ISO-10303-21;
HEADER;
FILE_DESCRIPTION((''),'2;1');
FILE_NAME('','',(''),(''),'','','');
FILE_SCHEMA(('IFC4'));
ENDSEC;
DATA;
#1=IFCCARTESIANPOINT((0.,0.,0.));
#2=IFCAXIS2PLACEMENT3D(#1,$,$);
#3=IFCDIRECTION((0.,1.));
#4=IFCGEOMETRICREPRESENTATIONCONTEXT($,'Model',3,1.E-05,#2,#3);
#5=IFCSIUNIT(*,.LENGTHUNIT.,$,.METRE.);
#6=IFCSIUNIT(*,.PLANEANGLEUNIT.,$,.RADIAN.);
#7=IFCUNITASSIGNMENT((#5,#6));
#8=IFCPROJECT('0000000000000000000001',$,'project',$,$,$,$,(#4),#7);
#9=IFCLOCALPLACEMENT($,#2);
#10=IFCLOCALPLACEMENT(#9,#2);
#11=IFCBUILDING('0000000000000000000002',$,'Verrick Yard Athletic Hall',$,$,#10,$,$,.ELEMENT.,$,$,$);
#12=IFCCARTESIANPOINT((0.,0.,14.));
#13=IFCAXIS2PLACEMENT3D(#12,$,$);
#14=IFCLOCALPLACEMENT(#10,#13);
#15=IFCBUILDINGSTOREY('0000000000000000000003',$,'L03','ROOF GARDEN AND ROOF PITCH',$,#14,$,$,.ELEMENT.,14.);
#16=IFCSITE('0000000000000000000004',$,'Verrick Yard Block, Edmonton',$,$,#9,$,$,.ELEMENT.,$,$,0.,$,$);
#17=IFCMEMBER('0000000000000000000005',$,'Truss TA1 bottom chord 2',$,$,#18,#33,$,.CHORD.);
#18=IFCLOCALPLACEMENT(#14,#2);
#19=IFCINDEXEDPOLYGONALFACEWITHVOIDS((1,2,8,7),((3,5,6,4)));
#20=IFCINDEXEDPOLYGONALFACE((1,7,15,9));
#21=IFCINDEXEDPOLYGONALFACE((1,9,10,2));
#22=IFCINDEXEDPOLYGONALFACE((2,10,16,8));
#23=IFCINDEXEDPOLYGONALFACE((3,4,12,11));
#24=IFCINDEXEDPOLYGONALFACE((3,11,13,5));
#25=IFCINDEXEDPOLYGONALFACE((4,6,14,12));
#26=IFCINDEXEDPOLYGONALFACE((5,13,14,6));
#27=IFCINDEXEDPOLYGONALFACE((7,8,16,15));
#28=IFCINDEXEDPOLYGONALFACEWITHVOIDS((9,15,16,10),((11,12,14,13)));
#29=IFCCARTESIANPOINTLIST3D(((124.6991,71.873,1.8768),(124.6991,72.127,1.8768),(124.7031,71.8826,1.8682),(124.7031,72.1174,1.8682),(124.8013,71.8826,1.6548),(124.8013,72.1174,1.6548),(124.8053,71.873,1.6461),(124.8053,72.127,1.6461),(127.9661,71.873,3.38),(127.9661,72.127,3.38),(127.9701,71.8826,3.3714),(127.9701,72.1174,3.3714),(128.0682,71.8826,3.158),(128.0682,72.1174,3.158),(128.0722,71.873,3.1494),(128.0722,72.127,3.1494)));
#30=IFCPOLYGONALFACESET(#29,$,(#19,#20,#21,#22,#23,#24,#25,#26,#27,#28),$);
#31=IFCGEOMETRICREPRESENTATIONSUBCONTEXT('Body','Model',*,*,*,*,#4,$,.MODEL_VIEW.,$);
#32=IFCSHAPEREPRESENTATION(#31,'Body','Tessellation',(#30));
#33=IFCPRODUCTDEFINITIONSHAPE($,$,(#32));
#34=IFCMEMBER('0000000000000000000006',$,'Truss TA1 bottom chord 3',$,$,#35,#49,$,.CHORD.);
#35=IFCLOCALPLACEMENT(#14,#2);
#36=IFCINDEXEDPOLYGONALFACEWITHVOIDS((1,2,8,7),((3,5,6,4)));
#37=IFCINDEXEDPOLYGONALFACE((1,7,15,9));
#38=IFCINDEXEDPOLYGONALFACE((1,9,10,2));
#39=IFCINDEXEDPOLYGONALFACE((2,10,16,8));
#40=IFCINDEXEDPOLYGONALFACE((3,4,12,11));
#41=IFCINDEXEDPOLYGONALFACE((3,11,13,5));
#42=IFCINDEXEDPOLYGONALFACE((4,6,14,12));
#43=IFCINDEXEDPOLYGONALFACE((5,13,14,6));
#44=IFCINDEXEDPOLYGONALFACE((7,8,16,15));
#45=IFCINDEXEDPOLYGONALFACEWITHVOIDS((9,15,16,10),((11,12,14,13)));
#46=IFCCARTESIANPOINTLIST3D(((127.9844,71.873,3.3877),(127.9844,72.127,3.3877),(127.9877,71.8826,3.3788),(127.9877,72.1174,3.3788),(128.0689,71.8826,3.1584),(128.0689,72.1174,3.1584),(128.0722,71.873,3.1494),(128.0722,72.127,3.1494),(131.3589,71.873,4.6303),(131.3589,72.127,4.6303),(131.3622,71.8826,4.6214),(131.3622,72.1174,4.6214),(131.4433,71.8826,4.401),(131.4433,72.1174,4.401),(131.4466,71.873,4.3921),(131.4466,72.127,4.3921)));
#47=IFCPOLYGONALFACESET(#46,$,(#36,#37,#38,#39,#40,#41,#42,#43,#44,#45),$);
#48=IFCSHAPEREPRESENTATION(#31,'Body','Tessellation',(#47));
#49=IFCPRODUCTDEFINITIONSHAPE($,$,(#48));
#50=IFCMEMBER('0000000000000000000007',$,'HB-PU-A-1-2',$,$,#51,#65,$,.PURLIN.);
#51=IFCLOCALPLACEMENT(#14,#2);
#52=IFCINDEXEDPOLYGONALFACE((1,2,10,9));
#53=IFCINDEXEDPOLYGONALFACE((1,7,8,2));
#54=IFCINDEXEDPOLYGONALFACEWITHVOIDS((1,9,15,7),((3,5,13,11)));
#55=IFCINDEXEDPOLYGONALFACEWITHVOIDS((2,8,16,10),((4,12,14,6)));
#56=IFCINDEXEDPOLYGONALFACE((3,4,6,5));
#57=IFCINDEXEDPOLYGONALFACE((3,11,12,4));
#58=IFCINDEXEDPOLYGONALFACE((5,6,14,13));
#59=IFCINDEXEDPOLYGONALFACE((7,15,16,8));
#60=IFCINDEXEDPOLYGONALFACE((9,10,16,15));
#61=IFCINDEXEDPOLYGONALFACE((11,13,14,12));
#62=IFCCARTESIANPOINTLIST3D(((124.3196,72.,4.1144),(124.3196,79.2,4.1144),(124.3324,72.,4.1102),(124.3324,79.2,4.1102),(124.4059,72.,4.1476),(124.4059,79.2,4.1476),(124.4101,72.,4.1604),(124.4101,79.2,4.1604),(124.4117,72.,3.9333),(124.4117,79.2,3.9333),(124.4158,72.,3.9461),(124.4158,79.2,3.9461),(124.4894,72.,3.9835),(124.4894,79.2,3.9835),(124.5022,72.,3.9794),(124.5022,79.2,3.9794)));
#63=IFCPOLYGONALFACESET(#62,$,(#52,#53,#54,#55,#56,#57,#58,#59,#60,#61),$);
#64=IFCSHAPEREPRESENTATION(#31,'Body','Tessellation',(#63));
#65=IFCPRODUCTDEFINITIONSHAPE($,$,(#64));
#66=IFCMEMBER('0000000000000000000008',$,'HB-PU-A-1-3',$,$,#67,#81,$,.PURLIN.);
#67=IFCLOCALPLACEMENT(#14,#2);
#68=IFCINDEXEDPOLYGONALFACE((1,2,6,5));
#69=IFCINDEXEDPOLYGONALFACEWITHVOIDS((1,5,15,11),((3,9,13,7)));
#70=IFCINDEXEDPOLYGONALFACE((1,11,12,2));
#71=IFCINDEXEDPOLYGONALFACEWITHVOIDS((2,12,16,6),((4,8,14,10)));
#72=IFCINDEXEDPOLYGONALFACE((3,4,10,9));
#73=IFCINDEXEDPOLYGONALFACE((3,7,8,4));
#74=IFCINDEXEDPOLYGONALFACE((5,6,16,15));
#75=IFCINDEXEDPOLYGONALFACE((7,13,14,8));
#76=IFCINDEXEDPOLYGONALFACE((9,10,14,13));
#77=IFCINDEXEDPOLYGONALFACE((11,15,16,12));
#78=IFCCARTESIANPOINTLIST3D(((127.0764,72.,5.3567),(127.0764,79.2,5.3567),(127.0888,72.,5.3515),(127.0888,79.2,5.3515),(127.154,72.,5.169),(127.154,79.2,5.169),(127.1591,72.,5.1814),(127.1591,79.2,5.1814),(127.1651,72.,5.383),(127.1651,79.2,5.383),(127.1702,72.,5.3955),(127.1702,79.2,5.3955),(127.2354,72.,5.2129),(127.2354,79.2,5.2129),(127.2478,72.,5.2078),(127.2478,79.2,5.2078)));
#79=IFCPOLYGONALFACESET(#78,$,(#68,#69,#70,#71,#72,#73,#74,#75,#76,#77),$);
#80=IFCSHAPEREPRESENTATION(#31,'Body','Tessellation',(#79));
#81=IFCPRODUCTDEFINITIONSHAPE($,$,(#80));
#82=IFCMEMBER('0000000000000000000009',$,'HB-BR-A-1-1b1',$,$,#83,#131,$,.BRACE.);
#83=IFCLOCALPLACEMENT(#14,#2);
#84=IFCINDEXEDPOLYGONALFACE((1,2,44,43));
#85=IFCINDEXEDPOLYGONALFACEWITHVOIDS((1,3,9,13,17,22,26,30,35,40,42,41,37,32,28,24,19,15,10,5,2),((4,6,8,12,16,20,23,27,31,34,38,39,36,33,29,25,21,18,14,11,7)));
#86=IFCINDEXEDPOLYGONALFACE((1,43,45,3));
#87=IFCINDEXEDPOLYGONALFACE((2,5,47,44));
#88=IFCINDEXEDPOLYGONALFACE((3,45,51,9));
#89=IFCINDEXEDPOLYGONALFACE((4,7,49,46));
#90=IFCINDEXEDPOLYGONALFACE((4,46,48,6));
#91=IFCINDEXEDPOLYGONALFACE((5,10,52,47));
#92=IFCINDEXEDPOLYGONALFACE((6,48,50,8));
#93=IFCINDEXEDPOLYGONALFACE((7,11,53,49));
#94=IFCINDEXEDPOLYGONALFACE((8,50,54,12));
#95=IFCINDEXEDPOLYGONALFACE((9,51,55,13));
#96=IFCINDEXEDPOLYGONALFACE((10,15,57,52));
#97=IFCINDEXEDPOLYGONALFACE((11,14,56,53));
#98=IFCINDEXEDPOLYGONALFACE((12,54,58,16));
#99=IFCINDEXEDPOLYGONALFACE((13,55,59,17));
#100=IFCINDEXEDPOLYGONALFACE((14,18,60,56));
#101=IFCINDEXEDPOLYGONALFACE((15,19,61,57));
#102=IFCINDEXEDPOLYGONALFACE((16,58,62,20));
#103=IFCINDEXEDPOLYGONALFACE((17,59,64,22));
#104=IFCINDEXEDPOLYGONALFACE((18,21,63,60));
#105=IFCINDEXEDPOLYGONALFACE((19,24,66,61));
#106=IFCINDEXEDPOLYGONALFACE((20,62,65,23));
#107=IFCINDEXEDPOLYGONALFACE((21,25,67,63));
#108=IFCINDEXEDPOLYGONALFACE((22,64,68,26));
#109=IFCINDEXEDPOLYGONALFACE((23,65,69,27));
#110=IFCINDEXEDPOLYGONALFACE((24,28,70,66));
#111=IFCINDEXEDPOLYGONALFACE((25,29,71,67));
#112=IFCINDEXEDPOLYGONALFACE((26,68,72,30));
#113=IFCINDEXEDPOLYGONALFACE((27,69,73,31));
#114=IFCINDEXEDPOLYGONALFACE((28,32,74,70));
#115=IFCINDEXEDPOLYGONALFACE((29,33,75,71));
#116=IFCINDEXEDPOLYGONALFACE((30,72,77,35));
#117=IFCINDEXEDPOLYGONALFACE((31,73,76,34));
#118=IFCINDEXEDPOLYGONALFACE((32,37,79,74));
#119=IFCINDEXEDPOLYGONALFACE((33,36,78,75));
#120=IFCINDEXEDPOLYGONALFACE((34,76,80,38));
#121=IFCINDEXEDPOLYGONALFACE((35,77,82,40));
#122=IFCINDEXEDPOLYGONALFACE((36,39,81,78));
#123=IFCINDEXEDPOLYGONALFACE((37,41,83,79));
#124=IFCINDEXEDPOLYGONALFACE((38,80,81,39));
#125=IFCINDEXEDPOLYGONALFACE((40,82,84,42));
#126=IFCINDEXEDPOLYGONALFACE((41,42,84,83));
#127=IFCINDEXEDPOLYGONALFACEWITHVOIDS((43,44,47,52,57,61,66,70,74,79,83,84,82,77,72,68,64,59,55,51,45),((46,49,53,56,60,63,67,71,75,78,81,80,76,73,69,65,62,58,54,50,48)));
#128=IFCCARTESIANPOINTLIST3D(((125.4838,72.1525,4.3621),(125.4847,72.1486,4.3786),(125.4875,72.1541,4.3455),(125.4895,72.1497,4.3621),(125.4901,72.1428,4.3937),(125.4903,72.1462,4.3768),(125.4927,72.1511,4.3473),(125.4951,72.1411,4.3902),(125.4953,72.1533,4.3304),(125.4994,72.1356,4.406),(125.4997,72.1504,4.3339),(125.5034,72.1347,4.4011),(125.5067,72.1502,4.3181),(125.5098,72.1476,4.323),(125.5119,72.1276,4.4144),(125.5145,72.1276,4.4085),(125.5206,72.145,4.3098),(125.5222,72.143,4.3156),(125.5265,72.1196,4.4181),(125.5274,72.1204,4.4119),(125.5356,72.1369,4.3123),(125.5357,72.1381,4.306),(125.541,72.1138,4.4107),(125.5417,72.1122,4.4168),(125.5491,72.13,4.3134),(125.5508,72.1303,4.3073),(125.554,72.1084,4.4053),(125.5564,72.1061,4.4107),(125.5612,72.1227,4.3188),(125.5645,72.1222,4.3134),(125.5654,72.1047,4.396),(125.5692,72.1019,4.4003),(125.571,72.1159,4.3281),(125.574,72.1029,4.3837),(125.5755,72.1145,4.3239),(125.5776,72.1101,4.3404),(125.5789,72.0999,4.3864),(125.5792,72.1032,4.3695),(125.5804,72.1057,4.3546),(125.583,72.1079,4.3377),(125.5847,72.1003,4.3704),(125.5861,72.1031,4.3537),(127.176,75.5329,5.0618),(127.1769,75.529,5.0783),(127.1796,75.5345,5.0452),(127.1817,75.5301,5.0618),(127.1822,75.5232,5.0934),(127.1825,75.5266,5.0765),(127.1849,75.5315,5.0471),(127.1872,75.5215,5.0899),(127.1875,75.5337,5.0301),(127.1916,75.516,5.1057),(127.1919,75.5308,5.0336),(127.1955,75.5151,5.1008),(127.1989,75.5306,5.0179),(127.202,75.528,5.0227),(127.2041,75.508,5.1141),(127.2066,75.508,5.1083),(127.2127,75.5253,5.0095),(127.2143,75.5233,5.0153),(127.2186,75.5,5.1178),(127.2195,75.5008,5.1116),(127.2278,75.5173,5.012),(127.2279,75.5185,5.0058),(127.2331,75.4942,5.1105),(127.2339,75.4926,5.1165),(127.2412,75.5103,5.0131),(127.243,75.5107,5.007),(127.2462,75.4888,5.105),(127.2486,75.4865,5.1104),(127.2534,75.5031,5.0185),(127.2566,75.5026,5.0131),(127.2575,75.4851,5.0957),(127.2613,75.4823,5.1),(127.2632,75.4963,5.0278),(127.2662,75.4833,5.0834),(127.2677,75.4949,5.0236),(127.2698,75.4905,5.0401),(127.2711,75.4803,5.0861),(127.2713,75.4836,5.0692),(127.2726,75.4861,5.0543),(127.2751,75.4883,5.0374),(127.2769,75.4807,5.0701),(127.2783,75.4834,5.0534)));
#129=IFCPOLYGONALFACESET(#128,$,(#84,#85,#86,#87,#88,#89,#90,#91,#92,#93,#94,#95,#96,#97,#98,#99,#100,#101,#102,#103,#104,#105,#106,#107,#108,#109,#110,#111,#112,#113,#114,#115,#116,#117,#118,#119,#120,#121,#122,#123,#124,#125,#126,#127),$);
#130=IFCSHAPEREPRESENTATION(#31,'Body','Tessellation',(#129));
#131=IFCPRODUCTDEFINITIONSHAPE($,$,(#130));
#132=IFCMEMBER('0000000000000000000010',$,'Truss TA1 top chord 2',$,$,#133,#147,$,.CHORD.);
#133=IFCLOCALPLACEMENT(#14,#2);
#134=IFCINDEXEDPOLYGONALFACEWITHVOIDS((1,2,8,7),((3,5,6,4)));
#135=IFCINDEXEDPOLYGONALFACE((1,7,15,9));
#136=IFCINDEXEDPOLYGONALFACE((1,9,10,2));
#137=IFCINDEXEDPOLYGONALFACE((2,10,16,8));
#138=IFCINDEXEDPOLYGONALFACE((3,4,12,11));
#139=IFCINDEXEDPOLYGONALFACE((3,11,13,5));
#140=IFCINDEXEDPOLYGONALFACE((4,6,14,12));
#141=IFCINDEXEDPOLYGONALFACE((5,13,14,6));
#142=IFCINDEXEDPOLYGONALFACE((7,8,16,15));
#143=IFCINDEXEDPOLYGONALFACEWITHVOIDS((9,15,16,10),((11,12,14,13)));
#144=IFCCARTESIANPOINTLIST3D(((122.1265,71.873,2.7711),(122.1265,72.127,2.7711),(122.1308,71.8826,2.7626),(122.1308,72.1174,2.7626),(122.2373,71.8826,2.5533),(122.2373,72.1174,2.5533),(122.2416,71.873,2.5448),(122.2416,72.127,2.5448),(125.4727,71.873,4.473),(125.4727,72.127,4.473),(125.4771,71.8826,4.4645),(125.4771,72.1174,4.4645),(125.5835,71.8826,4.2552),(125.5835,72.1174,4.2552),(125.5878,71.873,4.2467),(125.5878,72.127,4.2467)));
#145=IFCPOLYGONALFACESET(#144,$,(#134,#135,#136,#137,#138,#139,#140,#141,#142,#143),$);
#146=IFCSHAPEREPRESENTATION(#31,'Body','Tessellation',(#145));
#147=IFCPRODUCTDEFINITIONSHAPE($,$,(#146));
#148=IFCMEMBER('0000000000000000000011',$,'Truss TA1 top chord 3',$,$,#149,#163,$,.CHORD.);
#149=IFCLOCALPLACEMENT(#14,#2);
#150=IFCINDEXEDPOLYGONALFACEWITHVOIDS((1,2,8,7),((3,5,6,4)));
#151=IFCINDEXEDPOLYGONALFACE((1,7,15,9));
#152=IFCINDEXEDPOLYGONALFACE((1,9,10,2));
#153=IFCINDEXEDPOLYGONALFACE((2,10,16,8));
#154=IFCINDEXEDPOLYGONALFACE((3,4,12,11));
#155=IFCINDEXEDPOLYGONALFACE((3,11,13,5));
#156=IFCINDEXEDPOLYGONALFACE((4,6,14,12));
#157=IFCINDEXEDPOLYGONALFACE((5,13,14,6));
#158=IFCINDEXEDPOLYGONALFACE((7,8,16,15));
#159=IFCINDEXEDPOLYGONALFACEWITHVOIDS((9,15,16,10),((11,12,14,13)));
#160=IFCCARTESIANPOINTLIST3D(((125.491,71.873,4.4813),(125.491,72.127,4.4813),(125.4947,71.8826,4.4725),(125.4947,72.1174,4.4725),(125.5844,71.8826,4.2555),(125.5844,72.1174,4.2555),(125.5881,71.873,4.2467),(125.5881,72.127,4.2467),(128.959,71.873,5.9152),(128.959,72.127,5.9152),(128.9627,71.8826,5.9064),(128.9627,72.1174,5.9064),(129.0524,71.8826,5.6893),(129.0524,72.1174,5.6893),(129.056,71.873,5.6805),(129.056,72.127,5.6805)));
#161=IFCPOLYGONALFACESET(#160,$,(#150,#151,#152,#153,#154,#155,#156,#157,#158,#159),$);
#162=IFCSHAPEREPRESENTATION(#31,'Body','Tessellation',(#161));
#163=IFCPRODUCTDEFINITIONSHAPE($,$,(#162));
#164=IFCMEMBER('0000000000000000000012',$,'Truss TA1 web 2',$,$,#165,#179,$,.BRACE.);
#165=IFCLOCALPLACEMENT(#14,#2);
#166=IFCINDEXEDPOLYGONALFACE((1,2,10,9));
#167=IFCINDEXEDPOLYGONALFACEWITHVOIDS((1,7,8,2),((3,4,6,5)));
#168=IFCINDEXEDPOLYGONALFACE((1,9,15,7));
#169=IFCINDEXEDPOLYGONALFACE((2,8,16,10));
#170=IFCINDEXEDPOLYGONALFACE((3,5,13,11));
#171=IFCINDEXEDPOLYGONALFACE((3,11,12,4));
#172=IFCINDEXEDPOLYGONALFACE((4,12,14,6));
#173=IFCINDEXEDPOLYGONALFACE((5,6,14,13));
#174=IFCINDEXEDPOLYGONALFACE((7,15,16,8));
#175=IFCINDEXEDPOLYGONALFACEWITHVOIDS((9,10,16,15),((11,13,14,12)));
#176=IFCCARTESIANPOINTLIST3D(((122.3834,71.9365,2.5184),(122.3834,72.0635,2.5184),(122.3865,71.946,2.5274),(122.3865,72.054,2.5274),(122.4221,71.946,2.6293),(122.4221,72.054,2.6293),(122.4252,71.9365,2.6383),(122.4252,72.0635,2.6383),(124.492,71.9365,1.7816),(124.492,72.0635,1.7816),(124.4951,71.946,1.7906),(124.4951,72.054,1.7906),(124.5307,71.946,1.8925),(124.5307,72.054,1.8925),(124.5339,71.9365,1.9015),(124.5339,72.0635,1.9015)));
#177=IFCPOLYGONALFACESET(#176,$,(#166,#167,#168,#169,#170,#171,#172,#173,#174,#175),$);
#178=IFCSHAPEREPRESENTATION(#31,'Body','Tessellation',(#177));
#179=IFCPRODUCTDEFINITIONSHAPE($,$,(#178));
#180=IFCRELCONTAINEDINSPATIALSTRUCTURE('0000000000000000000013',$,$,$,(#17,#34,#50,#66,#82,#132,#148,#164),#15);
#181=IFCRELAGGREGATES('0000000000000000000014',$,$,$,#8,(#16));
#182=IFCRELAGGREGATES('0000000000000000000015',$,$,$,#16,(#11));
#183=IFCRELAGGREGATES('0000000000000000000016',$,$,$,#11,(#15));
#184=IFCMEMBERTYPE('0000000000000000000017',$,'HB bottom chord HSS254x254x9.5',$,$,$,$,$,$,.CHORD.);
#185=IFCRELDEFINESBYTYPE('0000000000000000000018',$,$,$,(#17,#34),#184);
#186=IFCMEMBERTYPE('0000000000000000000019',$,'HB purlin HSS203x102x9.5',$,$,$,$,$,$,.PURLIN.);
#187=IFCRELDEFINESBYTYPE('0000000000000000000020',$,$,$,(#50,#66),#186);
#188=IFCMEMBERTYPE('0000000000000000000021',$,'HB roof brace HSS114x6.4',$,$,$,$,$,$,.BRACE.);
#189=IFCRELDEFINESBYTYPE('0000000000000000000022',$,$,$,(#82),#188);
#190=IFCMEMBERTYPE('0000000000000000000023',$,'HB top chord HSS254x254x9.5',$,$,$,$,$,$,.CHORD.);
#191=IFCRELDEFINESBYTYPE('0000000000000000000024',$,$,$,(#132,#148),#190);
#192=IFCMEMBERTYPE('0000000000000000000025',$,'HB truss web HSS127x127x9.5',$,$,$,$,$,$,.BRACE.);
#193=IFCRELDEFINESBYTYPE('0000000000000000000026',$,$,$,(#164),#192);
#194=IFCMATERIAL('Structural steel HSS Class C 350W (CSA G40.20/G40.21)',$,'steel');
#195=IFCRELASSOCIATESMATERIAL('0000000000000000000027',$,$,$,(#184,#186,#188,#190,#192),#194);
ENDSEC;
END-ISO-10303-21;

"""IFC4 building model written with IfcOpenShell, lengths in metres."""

from ifc_helpers import new_model, si_unit, direction, frame, origin, origin_2d, place, context, subcontext, project, spatial, hollow_rectangle, hollow_circle, extrude, material, material_profile, profile_set, type_object, element, save


model = new_model("IFC4")

# Units and contexts
model_context = context("Model", 3, precision=1e-05, world=origin(), true_north=direction((0.0, 1.0)))
body_context = subcontext(model_context, "Body", "Model", "MODEL_VIEW")
ifc_project = project(units=[si_unit("LENGTHUNIT", "METRE"), si_unit("PLANEANGLEUNIT", "RADIAN")], contexts=[model_context])

# Site, building, storey
site_placement = place(None, origin())
site = spatial("IfcSite", under=ifc_project, at=site_placement, Name="Verrick Yard Block, Edmonton", CompositionType="ELEMENT", RefElevation=0.0)
building_placement = place(site_placement, origin())
building = spatial("IfcBuilding", under=site, at=building_placement, Name="Verrick Yard Athletic Hall", CompositionType="ELEMENT")
storey_placement = place(building_placement, frame((0.0, 0.0, 14.0)))
storey = spatial("IfcBuildingStorey", under=building, at=storey_placement, Name="L03", Description="ROOF GARDEN AND ROOF PITCH", CompositionType="ELEMENT", Elevation=14.0)

# Members
ifc_material_1 = material(Name="Structural steel HSS Class C 350W (CSA G40.20/G40.21)", Category="steel")
ifc_material_profile_1 = material_profile(ifc_material_1, hollow_rectangle(XDim=0.2539, YDim=0.2539, WallThickness=0.0095, at=origin_2d()), Name="HSS254x254x9.5")
ifc_profile_set_1 = profile_set([ifc_material_profile_1], Name="Structural steel HSS Class C 350W (CSA G40.20/G40.21)")
member_type_1 = type_object("IfcMemberType", Name="HB bottom chord HSS254x254x9.5", PredefinedType="CHORD", material=ifc_profile_set_1)
member_1_placement = place(storey_placement, frame((124.7522, 72.0, 1.7615), z_axis=(0.908446, 0.0, 0.418003), x_axis=(0.0, 1.0, 0.0)))
element("IfcMember", 1, at=member_1_placement, inside=storey, type_object=member_type_1, Name="Truss TA1 bottom chord 2", PredefinedType="CHORD", context=body_context, shape_type="SweptSolid", body=[
    extrude(hollow_rectangle(XDim=0.2539, YDim=0.2539, WallThickness=0.0095, at=origin_2d()), origin(), (0.0, 0.0, 1.0), 3.5962),
])
member_2_placement = place(storey_placement, frame((128.0283, 72.0, 3.2686), z_axis=(0.938394, 0.0, 0.345567), x_axis=(0.0, 1.0, 0.0)))
element("IfcMember", 2, at=member_2_placement, inside=storey, type_object=member_type_1, Name="Truss TA1 bottom chord 3", PredefinedType="CHORD", context=body_context, shape_type="SweptSolid", body=[
    extrude(hollow_rectangle(XDim=0.2539, YDim=0.2539, WallThickness=0.0095, at=origin_2d()), origin(), (0.0, 0.0, 1.0), 3.5959),
])
ifc_material_profile_2 = material_profile(ifc_material_1, hollow_rectangle(XDim=0.1016, YDim=0.2031, WallThickness=0.0095, at=origin_2d()), Name="HSS203x102x9.5")
ifc_profile_set_2 = profile_set([ifc_material_profile_2], Name="Structural steel HSS Class C 350W (CSA G40.20/G40.21)")
member_type_2 = type_object("IfcMemberType", Name="HB purlin HSS203x102x9.5", PredefinedType="PURLIN", material=ifc_profile_set_2)
for number, where, z_axis, x_axis, name in (
    (3, (124.4109, 72.0, 4.0469), (0.0, 1.0, 0.0), (-0.891353, 0.0, -0.45331), "HB-PU-A-1-2"),
    (4, (127.1621, 72.0, 5.2822), (0.0, 1.0, 0.0), (-0.924123, 0.0, -0.382096), "HB-PU-A-1-3"),
):
    element("IfcMember", number, at=place(storey_placement, frame(where, z_axis=z_axis, x_axis=x_axis)), inside=storey, type_object=member_type_2, Name=name, PredefinedType="PURLIN", context=body_context, shape_type="SweptSolid", body=[
        extrude(hollow_rectangle(XDim=0.1016, YDim=0.2031, WallThickness=0.0095, at=origin_2d()), origin(), (0.0, 0.0, 1.0), 7.2),
    ])
ifc_material_profile_3 = material_profile(ifc_material_1, hollow_circle(Radius=0.0571, WallThickness=0.0063, at=origin_2d()), Name="HSS114x6.4")
ifc_profile_set_3 = profile_set([ifc_material_profile_3], Name="Structural steel HSS Class C 350W (CSA G40.20/G40.21)")
member_type_3 = type_object("IfcMemberType", Name="HB roof brace HSS114x6.4", PredefinedType="BRACE", material=ifc_profile_set_3)
member_3_placement = place(storey_placement, frame((125.5349, 72.127, 4.3621), z_axis=(0.440151, 0.879285, 0.182004), x_axis=(-0.89422, 0.447627, 0.0)))
element("IfcMember", 5, at=member_3_placement, inside=storey, type_object=member_type_3, Name="HB-BR-A-1-1b1", PredefinedType="BRACE", context=body_context, shape_type="SweptSolid", body=[
    extrude(hollow_circle(Radius=0.0571, WallThickness=0.0063, at=origin_2d()), origin(), (0.0, 0.0, 1.0), 3.8445),
])
ifc_material_profile_4 = material_profile(ifc_material_1, hollow_rectangle(XDim=0.2539, YDim=0.2539, WallThickness=0.0095, at=origin_2d()), Name="HSS254x254x9.5")
ifc_profile_set_4 = profile_set([ifc_material_profile_4], Name="Structural steel HSS Class C 350W (CSA G40.20/G40.21)")
member_type_4 = type_object("IfcMemberType", Name="HB top chord HSS254x254x9.5", PredefinedType="CHORD", material=ifc_profile_set_4)
member_4_placement = place(storey_placement, frame((122.1841, 72.0, 2.658), z_axis=(0.891337, 0.0, 0.453342), x_axis=(0.0, 1.0, 0.0)))
element("IfcMember", 6, at=member_4_placement, inside=storey, type_object=member_type_4, Name="Truss TA1 top chord 2", PredefinedType="CHORD", context=body_context, shape_type="SweptSolid", body=[
    extrude(hollow_rectangle(XDim=0.2539, YDim=0.2539, WallThickness=0.0095, at=origin_2d()), origin(), (0.0, 0.0, 1.0), 3.7542),
])
member_5_placement = place(storey_placement, frame((125.5396, 72.0, 4.364), z_axis=(0.92413, 0.0, 0.382078), x_axis=(0.0, 1.0, 0.0)))
element("IfcMember", 7, at=member_5_placement, inside=storey, type_object=member_type_4, Name="Truss TA1 top chord 3", PredefinedType="CHORD", context=body_context, shape_type="SweptSolid", body=[
    extrude(hollow_rectangle(XDim=0.2539, YDim=0.2539, WallThickness=0.0095, at=origin_2d()), origin(), (0.0, 0.0, 1.0), 3.7527),
])
ifc_material_profile_5 = material_profile(ifc_material_1, hollow_rectangle(XDim=0.127, YDim=0.127, WallThickness=0.0095, at=origin_2d()), Name="HSS127x127x9.5")
ifc_profile_set_5 = profile_set([ifc_material_profile_5], Name="Structural steel HSS Class C 350W (CSA G40.20/G40.21)")
member_type_5 = type_object("IfcMemberType", Name="HB truss web HSS127x127x9.5", PredefinedType="BRACE", material=ifc_profile_set_5)
for number, where, z_axis, x_axis, name in (
    (8, (122.4043, 72.0, 2.5784), (0.944027, 0.0, -0.329868), (0.0, 1.0, 0.0), "Truss TA1 web 2"),
):
    element("IfcMember", number, at=place(storey_placement, frame(where, z_axis=z_axis, x_axis=x_axis)), inside=storey, type_object=member_type_5, Name=name, PredefinedType="BRACE", context=body_context, shape_type="SweptSolid", body=[
        extrude(hollow_rectangle(XDim=0.127, YDim=0.127, WallThickness=0.0095, at=origin_2d()), origin(), (0.0, 0.0, 1.0), 2.2336),
    ])

save(model, "model.ifc")
